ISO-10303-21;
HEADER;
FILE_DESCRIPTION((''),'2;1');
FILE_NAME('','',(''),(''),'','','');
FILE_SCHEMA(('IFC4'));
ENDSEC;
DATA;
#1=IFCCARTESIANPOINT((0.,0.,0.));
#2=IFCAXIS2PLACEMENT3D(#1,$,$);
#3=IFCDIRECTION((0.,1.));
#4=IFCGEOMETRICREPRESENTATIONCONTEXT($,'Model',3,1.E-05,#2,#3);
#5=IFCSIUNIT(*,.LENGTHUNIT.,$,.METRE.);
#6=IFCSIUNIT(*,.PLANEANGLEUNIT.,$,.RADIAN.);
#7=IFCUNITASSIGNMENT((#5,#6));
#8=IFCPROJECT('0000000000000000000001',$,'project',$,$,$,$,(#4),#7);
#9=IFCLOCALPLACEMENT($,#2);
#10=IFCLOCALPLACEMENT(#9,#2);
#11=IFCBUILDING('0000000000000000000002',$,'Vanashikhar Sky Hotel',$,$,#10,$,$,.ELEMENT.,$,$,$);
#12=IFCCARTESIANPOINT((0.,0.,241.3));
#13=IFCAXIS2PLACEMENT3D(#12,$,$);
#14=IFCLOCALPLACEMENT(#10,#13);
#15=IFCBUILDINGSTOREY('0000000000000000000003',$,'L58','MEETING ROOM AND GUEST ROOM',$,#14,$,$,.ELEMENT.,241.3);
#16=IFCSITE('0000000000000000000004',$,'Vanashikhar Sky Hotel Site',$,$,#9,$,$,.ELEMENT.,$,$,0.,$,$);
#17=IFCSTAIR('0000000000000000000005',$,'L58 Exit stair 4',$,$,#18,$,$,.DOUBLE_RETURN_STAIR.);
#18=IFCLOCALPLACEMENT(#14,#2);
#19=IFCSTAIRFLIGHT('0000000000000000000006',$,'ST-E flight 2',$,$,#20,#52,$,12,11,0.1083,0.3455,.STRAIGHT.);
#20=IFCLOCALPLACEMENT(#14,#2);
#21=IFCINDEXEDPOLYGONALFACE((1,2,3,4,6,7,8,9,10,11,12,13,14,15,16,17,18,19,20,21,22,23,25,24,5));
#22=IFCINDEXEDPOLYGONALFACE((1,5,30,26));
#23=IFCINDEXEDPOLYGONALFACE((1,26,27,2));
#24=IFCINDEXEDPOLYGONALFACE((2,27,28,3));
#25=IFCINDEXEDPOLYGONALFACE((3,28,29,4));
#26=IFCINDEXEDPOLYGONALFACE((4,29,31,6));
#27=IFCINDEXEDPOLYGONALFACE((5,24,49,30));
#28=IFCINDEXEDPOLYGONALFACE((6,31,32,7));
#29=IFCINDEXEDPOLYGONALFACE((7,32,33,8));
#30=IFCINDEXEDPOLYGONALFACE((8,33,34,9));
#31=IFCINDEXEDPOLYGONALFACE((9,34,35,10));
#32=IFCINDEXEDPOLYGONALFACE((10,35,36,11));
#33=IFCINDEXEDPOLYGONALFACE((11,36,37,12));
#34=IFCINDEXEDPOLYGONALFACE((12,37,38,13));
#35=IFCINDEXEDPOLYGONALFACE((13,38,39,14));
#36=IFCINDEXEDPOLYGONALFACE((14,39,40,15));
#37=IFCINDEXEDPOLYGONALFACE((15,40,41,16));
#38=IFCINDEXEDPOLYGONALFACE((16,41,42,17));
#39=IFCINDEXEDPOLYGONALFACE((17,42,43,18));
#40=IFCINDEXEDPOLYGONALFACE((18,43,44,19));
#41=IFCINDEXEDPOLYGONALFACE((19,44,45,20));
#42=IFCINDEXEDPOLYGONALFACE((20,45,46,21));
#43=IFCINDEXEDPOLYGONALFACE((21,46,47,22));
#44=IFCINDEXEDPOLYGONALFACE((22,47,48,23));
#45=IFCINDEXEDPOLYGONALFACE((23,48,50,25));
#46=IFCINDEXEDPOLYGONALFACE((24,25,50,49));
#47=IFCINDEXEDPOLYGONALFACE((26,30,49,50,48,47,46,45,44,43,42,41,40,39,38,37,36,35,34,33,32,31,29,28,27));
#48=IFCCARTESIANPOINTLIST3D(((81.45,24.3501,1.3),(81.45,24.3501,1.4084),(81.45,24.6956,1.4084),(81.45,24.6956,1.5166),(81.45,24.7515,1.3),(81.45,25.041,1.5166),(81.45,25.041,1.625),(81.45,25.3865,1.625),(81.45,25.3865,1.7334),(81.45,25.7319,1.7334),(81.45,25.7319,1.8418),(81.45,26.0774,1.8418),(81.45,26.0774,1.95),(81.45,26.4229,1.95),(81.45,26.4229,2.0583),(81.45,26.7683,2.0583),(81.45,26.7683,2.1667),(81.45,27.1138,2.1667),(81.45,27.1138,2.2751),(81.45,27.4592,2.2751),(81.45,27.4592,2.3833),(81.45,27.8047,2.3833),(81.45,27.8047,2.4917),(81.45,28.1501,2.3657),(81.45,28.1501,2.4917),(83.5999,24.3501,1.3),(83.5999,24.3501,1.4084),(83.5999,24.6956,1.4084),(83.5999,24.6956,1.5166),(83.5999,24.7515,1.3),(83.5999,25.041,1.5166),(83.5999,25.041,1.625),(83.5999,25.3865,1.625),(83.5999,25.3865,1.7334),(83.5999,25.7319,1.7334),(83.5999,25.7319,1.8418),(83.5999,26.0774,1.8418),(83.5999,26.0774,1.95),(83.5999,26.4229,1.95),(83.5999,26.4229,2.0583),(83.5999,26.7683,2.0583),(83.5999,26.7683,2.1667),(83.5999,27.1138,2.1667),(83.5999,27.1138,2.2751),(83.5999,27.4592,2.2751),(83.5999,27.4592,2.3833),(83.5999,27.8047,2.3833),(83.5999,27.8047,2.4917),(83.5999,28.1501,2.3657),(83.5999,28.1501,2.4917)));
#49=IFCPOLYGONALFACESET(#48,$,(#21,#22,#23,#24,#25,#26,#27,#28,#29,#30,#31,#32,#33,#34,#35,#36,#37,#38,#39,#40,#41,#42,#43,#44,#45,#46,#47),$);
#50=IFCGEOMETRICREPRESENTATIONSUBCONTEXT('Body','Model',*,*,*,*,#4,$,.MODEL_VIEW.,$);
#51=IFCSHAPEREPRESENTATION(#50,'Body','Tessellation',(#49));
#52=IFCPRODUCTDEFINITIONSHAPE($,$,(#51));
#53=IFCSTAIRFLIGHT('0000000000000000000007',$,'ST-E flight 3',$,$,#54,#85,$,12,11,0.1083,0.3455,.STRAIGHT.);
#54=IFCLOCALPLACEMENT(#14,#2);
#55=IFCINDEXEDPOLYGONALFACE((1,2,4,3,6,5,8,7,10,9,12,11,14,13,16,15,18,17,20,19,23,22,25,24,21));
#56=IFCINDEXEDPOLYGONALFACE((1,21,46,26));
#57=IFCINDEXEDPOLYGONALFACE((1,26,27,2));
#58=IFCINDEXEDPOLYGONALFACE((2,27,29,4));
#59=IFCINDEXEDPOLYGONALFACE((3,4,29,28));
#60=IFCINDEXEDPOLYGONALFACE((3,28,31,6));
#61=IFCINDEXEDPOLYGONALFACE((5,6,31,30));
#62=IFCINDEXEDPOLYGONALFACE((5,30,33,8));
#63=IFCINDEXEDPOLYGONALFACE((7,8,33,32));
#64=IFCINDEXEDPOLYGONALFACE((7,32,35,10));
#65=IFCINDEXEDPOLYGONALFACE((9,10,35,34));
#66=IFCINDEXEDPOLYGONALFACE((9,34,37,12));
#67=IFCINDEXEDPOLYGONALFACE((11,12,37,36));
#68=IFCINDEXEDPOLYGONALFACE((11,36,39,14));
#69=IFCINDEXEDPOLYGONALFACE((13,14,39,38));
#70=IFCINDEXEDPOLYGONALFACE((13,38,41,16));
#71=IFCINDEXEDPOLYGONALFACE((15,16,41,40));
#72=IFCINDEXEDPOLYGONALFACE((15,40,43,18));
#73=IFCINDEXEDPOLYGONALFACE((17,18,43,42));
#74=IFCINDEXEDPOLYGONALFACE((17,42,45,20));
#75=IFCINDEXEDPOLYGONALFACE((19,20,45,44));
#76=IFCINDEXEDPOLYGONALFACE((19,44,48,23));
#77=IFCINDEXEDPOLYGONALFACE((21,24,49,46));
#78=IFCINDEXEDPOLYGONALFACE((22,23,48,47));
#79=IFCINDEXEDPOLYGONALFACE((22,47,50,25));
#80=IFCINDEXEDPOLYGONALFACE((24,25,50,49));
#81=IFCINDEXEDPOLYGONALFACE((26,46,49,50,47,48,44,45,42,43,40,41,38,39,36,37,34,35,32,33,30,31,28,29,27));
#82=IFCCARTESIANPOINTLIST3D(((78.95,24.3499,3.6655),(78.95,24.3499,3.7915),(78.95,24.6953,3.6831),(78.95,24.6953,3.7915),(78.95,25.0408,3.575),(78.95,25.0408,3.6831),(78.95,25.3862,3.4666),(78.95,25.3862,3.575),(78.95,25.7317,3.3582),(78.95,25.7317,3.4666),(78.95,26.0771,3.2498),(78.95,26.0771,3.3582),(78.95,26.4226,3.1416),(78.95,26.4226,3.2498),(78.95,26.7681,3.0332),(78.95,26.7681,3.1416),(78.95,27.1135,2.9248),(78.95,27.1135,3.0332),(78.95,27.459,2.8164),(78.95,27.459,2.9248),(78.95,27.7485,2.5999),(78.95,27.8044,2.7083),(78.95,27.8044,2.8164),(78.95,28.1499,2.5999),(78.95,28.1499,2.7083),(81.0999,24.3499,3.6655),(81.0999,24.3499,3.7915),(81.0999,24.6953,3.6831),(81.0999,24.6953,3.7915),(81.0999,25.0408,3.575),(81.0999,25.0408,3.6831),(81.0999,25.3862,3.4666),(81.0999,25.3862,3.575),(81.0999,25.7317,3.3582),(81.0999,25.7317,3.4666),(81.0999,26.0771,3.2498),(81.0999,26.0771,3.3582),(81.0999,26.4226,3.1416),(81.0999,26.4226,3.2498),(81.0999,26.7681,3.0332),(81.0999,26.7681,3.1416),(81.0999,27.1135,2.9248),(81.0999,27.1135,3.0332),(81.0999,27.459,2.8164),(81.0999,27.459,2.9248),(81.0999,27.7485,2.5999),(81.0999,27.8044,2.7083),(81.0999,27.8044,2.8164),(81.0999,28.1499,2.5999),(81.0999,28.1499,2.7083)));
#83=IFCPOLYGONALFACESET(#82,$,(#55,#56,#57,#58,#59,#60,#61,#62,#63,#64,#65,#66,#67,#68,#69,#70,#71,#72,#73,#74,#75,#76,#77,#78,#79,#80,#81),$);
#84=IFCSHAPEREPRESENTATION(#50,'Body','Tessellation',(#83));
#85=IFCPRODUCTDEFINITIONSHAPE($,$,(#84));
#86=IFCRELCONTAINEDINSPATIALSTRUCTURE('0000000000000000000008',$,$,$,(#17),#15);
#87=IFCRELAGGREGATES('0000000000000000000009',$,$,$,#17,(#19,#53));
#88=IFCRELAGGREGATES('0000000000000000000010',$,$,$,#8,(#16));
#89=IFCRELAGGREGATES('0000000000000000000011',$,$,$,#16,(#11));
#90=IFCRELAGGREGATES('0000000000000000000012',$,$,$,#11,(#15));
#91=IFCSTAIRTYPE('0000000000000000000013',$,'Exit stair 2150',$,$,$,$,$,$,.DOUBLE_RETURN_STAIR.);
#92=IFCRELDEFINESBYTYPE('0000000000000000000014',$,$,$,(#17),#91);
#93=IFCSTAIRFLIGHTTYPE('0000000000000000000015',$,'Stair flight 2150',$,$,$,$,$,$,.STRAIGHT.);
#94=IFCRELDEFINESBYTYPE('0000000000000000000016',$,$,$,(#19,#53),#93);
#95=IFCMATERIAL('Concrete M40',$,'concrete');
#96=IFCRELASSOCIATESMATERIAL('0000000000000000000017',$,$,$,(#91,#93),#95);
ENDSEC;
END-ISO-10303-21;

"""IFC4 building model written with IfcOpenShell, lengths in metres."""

from ifc_helpers import new_model, si_unit, direction, frame, origin, place, context, subcontext, project, spatial, polyline, outline, extrude, source, transform, mapped, material, type_object, element, aggregate, save


model = new_model("IFC4")

# Units and contexts
model_context = context("Model", 3, precision=1e-05, world=origin(), true_north=direction((0.0, 1.0)))
body_context = subcontext(model_context, "Body", "Model", "MODEL_VIEW")
ifc_project = project(units=[si_unit("LENGTHUNIT", "METRE"), si_unit("PLANEANGLEUNIT", "RADIAN")], contexts=[model_context])

# Site, building, storey
site_placement = place(None, origin())
site = spatial("IfcSite", under=ifc_project, at=site_placement, Name="Vanashikhar Sky Hotel Site", CompositionType="ELEMENT", RefElevation=0.0)
building_placement = place(site_placement, origin())
building = spatial("IfcBuilding", under=site, at=building_placement, Name="Vanashikhar Sky Hotel", CompositionType="ELEMENT")
storey_placement = place(building_placement, frame((0.0, 0.0, 241.3)))
storey = spatial("IfcBuildingStorey", under=building, at=storey_placement, Name="L58", Description="MEETING ROOM AND GUEST ROOM", CompositionType="ELEMENT", Elevation=241.3)

# Shared definitions
ifc_material_1 = material(Name="Concrete M40", Category="concrete")
stair_type = type_object("IfcStairType", Name="Exit stair 2150", PredefinedType="DOUBLE_RETURN_STAIR", material=ifc_material_1)
stair_flight_type = type_object("IfcStairFlightType", Name="Stair flight 2150", PredefinedType="STRAIGHT", material=ifc_material_1)
shared_shape_1 = source(origin(), body_context, "Body", "SweptSolid", [
    extrude(outline(polyline([(0.0, 0.0), (0.0, 0.1084), (0.3455, 0.1084), (0.3455, 0.2166), (0.6909, 0.2166), (0.6909, 0.325), (1.0364, 0.325), (1.0364, 0.4333), (1.3818, 0.4333), (1.3818, 0.5417), (1.7273, 0.5417), (1.7273, 0.6499), (2.0728, 0.6499), (2.0728, 0.7583), (2.4182, 0.7583), (2.4182, 0.8667), (2.7637, 0.8667), (2.7637, 0.9751), (3.1091, 0.9751), (3.1091, 1.0833), (3.4546, 1.0833), (3.4546, 1.1917), (3.8, 1.1917), (3.8, 1.3), (3.8, 1.0657), (0.4014, 0.0), (0.0, 0.0)])), frame((0.0, 1.075, 0.0), z_axis=(0.0, -1.0, 0.0), x_axis=(1.0, 0.0, 0.0)), (0.0, 0.0, 1.0), 2.1499),
])

# Stair, stair flights
stair_1_placement = place(storey_placement, origin())
stair_1 = element("IfcStair", 1, at=stair_1_placement, inside=storey, type_object=stair_type, Name="L58 Exit stair 4", PredefinedType="DOUBLE_RETURN_STAIR")
stair_flight_1_placement = place(storey_placement, frame((82.5249, 24.3501, 1.3), z_axis=(0.0, 0.0, 1.0), x_axis=(0.0, 1.0, 0.0)))
stair_flight_1 = element("IfcStairFlight", 2, at=stair_flight_1_placement, type_object=stair_flight_type, Name="ST-E flight 2", NumberOfRisers=12, NumberOfTreads=11, PredefinedType="STRAIGHT", RiserHeight=0.1083, TreadLength=0.3455, context=body_context, shape_type="MappedRepresentation", body=[
    mapped(shared_shape_1, transform((0.0, 0.0, 0.0), scale=1.0)),
])
stair_flight_2_placement = place(storey_placement, frame((80.0249, 28.1499, 2.5999), z_axis=(0.0, 0.0, 1.0), x_axis=(0.0, -1.0, 0.0)))
stair_flight_2 = element("IfcStairFlight", 3, at=stair_flight_2_placement, type_object=stair_flight_type, Name="ST-E flight 3", NumberOfRisers=12, NumberOfTreads=11, PredefinedType="STRAIGHT", RiserHeight=0.1083, TreadLength=0.3455, context=body_context, shape_type="MappedRepresentation", body=[
    mapped(shared_shape_1, transform((0.0, 0.0, 0.0), scale=1.0)),
])
aggregate(stair_1, [stair_flight_1, stair_flight_2])

save(model, "model.ifc")
